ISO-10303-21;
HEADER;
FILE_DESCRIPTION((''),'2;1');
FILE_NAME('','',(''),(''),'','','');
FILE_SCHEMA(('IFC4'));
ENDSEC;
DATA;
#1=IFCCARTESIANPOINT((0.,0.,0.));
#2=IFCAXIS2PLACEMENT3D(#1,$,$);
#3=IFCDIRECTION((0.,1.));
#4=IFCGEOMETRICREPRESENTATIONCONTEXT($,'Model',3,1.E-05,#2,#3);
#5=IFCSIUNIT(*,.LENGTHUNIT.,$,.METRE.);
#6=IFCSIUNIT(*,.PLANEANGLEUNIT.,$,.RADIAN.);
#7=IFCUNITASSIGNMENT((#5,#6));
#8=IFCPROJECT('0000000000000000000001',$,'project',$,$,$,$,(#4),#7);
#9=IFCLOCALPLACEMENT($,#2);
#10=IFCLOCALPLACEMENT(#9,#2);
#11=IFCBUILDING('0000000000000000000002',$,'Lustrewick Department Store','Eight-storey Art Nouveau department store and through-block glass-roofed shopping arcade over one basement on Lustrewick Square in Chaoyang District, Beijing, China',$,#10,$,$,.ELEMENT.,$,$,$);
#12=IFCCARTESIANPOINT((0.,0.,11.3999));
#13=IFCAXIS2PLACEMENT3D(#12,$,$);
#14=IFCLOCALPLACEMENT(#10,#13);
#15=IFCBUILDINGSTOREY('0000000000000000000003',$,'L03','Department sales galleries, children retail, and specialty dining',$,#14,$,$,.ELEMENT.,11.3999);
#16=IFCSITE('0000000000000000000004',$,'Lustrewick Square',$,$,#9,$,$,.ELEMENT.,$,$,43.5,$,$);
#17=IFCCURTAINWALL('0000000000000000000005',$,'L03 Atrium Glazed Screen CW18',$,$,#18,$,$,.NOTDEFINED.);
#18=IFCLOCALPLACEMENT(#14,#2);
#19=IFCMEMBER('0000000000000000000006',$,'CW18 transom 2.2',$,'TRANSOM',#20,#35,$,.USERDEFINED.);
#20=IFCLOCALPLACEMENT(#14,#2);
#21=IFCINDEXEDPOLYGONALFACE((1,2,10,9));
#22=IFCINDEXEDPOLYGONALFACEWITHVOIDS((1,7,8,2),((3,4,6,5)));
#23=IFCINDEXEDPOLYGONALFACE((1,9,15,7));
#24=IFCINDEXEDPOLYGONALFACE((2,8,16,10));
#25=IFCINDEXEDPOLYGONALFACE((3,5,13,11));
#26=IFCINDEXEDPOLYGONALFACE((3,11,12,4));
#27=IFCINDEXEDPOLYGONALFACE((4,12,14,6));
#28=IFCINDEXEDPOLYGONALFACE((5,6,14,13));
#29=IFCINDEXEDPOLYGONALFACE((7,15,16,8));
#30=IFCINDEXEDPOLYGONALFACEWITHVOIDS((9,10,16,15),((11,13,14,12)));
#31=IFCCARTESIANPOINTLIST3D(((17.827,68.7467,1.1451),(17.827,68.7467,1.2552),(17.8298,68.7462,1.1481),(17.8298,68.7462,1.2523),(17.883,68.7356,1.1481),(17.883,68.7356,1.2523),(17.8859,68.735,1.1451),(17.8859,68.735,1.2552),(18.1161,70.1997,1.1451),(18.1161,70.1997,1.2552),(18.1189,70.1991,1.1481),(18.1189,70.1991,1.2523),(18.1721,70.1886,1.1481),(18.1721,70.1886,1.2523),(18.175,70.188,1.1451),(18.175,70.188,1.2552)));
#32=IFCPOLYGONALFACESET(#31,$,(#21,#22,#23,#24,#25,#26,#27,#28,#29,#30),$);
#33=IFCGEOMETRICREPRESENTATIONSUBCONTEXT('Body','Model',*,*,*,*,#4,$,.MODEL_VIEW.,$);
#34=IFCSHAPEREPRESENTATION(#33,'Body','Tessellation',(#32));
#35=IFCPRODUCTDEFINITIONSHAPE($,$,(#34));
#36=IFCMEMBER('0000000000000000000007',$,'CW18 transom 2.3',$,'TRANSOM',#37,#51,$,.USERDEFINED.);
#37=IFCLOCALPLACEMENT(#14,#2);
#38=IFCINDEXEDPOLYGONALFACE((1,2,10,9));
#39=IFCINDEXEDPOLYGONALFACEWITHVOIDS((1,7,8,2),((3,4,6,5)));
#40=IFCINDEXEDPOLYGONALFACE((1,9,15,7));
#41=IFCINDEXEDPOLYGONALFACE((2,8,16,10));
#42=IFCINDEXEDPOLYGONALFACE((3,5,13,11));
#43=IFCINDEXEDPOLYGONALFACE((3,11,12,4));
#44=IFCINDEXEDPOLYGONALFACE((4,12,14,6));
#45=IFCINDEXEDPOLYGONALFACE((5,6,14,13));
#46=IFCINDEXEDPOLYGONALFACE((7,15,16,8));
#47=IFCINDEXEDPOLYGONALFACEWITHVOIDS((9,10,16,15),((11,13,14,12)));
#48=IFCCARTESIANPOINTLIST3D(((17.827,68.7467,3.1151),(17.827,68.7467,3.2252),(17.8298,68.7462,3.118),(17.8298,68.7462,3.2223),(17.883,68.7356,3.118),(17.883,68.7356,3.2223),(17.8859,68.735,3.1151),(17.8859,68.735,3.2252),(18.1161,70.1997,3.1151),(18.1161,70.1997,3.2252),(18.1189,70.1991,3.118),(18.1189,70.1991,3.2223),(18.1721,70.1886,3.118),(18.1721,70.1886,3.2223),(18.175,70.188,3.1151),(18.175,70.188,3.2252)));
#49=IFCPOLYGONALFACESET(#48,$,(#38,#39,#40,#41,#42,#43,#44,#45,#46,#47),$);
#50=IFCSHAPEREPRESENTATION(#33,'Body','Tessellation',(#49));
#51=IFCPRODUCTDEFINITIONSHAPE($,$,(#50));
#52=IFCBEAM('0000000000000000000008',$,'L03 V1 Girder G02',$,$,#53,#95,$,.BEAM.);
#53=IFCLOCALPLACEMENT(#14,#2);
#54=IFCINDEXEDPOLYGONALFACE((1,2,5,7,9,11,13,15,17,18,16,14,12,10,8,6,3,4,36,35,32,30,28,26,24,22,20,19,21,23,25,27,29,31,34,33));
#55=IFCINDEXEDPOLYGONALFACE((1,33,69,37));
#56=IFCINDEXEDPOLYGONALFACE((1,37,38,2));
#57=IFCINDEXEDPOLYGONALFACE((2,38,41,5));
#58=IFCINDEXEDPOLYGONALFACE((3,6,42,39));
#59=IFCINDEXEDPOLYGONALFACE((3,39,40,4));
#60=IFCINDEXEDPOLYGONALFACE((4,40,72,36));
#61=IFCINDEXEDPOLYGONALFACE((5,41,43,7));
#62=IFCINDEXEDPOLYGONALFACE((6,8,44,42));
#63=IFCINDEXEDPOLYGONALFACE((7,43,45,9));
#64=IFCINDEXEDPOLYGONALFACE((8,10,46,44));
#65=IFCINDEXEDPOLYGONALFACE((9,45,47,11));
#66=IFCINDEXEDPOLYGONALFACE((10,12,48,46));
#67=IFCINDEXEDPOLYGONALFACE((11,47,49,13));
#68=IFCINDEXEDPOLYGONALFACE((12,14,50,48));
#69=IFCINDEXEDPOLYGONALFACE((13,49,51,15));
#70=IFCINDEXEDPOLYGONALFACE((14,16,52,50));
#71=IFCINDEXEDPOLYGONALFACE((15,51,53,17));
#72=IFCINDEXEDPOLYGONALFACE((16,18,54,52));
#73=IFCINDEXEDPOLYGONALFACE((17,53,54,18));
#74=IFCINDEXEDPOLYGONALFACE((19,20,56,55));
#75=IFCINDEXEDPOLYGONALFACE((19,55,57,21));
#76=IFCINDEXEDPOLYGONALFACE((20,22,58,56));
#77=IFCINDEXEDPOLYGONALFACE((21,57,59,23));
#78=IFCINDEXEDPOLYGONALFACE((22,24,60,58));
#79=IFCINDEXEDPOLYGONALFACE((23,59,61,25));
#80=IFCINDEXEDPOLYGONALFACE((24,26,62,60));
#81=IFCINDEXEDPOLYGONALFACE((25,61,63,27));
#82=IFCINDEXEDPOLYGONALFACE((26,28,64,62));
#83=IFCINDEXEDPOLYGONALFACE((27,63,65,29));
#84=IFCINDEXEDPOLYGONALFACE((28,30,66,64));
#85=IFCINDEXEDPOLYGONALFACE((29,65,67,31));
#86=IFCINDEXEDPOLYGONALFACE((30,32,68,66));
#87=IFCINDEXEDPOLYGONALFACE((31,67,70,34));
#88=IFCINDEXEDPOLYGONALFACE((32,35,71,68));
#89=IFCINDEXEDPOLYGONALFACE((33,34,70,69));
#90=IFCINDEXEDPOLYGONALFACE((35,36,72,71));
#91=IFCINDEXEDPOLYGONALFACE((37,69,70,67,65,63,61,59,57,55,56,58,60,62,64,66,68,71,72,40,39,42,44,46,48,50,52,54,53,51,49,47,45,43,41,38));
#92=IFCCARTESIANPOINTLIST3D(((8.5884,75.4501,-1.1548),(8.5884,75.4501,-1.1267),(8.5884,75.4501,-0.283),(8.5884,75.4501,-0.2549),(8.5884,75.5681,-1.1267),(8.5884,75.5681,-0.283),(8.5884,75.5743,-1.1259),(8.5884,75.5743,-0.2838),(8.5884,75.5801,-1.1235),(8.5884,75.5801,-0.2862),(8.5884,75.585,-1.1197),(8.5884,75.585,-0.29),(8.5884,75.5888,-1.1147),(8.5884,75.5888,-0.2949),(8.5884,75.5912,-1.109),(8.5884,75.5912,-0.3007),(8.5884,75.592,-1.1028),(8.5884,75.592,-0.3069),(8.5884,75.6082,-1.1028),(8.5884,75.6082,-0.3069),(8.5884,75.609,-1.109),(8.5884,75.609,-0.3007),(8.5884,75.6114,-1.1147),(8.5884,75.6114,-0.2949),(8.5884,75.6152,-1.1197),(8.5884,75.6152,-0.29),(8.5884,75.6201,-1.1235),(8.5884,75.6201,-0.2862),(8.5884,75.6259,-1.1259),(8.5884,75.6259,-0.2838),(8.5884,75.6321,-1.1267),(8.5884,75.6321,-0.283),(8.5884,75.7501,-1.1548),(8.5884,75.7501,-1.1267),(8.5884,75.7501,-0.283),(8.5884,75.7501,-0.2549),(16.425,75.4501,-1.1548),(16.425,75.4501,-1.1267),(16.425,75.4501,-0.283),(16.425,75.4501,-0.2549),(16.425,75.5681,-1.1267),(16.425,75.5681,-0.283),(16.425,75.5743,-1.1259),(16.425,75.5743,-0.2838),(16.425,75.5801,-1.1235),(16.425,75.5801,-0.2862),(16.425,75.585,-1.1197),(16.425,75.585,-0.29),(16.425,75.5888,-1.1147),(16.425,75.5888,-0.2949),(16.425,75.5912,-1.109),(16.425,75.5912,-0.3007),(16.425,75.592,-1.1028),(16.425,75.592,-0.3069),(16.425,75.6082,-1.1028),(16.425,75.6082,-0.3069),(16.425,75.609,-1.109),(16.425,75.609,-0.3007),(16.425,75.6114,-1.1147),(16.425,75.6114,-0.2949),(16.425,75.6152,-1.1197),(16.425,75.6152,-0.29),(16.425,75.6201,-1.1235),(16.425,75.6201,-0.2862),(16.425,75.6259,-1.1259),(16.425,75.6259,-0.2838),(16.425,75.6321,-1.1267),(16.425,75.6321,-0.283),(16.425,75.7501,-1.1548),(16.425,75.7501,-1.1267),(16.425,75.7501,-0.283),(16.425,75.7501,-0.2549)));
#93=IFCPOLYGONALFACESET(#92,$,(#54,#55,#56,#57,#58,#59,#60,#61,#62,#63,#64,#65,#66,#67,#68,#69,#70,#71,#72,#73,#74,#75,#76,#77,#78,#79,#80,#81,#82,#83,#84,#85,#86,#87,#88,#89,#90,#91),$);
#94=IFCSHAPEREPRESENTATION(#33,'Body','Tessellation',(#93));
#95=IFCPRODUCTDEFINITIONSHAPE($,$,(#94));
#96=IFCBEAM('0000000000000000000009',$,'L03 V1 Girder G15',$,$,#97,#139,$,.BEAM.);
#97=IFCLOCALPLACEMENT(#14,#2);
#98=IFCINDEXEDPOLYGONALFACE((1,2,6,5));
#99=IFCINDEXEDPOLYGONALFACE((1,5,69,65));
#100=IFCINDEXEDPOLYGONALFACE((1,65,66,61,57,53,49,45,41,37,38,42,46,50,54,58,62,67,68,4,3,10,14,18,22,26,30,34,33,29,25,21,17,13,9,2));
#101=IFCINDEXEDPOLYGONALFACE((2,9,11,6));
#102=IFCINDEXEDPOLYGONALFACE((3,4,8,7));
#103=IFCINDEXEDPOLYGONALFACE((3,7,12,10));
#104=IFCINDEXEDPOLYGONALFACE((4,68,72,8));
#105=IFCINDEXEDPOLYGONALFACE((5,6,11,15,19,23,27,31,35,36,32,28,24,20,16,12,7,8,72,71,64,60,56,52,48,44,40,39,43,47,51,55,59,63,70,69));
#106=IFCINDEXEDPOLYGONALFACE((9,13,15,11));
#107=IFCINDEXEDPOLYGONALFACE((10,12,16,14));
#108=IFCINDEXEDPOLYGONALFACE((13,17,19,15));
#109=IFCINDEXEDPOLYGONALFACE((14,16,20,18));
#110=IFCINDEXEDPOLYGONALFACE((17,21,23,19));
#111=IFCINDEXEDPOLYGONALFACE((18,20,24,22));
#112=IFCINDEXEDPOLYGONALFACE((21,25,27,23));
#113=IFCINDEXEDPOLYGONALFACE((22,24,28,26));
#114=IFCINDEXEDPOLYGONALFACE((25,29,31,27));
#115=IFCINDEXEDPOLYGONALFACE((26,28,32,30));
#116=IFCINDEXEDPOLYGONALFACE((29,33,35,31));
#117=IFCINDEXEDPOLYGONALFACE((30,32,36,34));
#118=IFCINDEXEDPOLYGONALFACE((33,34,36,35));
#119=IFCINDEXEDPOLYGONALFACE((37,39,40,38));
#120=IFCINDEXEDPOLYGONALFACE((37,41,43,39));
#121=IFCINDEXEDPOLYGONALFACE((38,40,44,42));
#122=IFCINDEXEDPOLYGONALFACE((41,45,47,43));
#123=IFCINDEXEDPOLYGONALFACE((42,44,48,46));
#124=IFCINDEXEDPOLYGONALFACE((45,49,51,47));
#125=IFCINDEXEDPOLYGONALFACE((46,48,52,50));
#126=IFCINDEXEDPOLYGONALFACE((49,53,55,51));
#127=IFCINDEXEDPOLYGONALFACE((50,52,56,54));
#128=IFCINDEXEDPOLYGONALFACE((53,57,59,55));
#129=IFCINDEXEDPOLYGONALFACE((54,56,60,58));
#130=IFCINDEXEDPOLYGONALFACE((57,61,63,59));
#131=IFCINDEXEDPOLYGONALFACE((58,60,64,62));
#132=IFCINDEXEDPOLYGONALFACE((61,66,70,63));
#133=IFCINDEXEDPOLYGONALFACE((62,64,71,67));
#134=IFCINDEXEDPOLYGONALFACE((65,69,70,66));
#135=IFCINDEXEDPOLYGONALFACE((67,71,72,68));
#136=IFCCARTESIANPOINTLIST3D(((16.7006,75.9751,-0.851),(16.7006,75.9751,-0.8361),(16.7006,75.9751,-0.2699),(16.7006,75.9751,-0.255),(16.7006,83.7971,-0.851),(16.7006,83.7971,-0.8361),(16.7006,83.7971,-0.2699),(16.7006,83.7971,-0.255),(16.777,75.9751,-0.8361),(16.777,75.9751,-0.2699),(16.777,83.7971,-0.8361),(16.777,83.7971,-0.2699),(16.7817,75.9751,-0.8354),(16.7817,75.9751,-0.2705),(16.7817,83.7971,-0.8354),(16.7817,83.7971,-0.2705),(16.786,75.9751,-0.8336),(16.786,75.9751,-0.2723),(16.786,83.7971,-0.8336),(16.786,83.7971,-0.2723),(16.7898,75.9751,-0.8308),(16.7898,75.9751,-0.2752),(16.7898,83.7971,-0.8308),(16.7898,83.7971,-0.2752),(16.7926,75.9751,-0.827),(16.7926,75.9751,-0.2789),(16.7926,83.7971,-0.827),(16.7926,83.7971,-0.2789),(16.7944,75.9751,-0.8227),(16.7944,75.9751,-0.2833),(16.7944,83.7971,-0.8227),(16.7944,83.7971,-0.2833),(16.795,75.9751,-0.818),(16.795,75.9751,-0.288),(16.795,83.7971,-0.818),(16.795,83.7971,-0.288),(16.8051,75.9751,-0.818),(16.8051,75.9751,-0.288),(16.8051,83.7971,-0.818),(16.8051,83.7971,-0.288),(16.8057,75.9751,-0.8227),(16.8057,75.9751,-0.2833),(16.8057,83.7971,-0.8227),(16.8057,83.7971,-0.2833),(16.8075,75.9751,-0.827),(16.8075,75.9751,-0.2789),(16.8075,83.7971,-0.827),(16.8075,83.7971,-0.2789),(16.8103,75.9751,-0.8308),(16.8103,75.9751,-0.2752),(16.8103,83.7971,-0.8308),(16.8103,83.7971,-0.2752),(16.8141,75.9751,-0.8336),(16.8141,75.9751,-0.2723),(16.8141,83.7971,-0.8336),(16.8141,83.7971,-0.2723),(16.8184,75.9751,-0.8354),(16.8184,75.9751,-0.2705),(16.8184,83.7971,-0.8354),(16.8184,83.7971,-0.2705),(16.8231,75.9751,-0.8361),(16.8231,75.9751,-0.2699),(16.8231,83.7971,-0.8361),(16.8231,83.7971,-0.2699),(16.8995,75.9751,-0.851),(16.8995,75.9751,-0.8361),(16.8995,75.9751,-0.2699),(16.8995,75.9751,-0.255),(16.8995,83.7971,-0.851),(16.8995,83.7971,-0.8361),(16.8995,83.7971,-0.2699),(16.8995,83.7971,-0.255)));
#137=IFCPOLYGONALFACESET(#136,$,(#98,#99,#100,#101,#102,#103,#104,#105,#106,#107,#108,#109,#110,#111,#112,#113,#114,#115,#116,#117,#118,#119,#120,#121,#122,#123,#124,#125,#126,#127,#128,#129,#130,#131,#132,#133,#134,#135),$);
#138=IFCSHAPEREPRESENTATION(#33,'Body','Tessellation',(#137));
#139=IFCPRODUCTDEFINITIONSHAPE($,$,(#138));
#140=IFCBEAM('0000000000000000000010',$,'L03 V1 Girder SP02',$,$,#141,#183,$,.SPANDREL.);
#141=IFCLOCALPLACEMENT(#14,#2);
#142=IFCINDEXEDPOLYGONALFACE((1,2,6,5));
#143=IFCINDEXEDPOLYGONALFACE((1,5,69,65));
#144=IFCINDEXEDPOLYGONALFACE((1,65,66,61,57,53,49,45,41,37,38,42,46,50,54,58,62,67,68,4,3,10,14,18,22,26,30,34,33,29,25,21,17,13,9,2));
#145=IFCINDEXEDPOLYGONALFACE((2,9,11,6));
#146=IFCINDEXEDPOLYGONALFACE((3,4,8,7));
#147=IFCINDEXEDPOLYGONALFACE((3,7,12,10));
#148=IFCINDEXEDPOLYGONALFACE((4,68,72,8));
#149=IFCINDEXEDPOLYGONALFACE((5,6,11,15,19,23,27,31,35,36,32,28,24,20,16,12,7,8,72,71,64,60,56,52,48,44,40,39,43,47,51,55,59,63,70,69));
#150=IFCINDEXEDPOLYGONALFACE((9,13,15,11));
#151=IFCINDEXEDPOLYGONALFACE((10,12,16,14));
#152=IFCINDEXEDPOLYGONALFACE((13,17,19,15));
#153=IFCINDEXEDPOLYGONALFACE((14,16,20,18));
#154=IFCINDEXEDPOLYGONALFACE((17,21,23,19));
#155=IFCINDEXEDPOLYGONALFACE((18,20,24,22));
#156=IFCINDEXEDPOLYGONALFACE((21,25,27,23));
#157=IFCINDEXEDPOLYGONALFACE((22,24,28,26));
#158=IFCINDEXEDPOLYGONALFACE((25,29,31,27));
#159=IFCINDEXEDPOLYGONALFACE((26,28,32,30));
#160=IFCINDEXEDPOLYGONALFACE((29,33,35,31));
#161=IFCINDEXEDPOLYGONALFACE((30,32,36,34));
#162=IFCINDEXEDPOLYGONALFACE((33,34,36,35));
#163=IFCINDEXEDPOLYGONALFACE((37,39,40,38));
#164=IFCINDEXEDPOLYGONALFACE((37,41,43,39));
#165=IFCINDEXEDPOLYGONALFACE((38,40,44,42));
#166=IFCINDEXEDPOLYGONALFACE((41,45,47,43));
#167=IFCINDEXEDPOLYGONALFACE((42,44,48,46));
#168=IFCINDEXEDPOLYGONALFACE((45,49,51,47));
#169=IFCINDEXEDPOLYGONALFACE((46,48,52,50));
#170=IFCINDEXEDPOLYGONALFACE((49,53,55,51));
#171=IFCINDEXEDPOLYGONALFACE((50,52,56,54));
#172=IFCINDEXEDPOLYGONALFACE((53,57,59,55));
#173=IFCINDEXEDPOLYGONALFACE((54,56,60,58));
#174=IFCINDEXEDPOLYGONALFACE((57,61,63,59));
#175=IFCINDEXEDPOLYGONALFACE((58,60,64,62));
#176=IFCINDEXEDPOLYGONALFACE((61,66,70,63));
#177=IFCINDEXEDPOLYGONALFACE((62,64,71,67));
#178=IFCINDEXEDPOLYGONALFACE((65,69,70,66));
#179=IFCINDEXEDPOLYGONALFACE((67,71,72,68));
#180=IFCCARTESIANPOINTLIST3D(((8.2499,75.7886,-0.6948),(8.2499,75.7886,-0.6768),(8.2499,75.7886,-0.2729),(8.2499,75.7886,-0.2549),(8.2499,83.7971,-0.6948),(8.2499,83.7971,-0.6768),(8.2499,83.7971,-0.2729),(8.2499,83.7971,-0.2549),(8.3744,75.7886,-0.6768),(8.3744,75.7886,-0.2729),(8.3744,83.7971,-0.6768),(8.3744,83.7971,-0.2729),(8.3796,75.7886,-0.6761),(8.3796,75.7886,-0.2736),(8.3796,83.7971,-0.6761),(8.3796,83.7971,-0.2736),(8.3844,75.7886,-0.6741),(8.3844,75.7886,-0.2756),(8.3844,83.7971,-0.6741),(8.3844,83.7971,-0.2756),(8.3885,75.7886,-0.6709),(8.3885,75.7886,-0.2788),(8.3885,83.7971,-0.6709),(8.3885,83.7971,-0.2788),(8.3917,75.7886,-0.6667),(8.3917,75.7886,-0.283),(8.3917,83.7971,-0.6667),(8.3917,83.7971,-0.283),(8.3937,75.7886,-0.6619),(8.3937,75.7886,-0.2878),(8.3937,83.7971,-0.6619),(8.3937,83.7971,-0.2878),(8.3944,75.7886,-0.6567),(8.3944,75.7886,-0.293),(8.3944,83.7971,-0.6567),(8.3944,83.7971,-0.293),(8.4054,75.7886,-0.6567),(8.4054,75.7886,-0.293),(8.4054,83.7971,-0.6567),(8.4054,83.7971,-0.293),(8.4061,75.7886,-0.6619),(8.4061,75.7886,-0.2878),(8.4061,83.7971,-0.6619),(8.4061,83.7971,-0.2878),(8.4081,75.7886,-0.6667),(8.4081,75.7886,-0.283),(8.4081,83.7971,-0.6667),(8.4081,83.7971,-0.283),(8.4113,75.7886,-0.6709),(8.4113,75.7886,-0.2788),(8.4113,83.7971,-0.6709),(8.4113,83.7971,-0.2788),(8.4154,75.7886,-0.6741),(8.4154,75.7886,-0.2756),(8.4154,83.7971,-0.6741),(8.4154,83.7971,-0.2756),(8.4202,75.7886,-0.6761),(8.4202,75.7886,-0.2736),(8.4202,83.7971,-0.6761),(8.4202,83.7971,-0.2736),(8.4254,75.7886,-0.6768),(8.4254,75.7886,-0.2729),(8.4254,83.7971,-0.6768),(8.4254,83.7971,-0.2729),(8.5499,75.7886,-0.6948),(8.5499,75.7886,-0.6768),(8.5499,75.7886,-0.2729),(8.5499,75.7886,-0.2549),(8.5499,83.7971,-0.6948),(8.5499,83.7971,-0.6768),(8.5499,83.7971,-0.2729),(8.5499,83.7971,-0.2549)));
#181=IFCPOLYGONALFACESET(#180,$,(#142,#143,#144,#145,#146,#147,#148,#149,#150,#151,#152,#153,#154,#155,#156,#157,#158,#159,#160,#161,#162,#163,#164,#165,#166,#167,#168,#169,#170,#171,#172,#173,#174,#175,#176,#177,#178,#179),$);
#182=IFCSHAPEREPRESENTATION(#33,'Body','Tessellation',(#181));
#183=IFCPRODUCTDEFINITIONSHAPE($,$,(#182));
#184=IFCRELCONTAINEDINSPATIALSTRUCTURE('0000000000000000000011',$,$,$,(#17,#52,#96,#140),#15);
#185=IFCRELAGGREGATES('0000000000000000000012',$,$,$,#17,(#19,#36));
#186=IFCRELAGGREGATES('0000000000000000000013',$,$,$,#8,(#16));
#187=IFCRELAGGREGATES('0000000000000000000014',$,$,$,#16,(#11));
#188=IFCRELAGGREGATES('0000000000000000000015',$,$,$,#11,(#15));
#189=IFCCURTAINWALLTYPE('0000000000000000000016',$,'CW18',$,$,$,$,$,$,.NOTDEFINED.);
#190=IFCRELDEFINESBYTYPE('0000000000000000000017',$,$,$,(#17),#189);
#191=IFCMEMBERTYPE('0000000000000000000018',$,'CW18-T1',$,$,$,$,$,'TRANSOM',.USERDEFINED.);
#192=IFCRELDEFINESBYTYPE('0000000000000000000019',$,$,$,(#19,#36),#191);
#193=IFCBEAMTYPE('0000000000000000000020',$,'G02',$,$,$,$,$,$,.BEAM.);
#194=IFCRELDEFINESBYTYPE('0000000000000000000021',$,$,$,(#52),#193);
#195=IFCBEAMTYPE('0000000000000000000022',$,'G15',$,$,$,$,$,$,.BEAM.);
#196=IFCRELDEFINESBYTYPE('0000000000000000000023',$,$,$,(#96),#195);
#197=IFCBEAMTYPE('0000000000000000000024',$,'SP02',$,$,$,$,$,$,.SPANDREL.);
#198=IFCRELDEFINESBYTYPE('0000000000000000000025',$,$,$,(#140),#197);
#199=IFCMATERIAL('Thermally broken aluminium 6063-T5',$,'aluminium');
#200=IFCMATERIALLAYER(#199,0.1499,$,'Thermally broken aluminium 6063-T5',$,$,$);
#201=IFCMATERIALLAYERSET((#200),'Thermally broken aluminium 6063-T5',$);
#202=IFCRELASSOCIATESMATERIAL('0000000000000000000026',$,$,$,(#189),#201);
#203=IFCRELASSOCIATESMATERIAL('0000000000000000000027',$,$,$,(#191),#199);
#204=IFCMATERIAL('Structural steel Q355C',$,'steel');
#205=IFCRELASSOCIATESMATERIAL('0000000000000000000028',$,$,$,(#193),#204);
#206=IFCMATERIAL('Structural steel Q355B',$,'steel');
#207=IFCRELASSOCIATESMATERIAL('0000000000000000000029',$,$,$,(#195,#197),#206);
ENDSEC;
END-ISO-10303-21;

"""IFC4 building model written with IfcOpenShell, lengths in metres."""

from ifc_helpers import new_model, si_unit, direction, frame, origin, origin_2d, place, context, subcontext, project, spatial, hollow_rectangle, i_section, extrude, material, layer, layer_set, material_profile, profile_set, type_object, element, aggregate, save


model = new_model("IFC4")

# Units and contexts
model_context = context("Model", 3, precision=1e-05, world=origin(), true_north=direction((0.0, 1.0)))
body_context = subcontext(model_context, "Body", "Model", "MODEL_VIEW")
ifc_project = project(units=[si_unit("LENGTHUNIT", "METRE"), si_unit("PLANEANGLEUNIT", "RADIAN")], contexts=[model_context])

# Site, building, storey
site_placement = place(None, origin())
site = spatial("IfcSite", under=ifc_project, at=site_placement, Name="Lustrewick Square", CompositionType="ELEMENT", RefElevation=43.5)
building_placement = place(site_placement, origin())
building = spatial("IfcBuilding", under=site, at=building_placement, Name="Lustrewick Department Store", Description="Eight-storey Art Nouveau department store and through-block glass-roofed shopping arcade over one basement on Lustrewick Square in Chaoyang District, Beijing, China", CompositionType="ELEMENT")
storey_placement = place(building_placement, frame((0.0, 0.0, 11.3999)))
storey = spatial("IfcBuildingStorey", under=building, at=storey_placement, Name="L03", Description="Department sales galleries, children retail, and specialty dining", CompositionType="ELEMENT", Elevation=11.3999)

# Shared definitions
ifc_material_1 = material(Name="Structural steel Q355B", Category="steel")

# Shared definitions
ifc_material_2 = material(Name="Thermally broken aluminium 6063-T5", Category="aluminium")

# Curtain wall, members
ifc_layer_1 = layer(ifc_material_2, 0.1499, Name="Thermally broken aluminium 6063-T5")
ifc_layer_set_1 = layer_set([ifc_layer_1], Name="Thermally broken aluminium 6063-T5")
curtain_wall_type_1 = type_object("IfcCurtainWallType", Name="CW18", PredefinedType="NOTDEFINED", material=ifc_layer_set_1)
curtain_wall_1_placement = place(storey_placement, origin())
curtain_wall_1 = element("IfcCurtainWall", 1, at=curtain_wall_1_placement, inside=storey, type_object=curtain_wall_type_1, Name="L03 Atrium Glazed Screen CW18", PredefinedType="NOTDEFINED")
ifc_material_profile_1 = material_profile(ifc_material_2, hollow_rectangle(XDim=0.0601, YDim=0.1101, WallThickness=0.0029, at=origin_2d()), Name="ALU-T 60x110x3")
ifc_profile_set_1 = profile_set([ifc_material_profile_1], Name="Thermally broken aluminium 6063-T5")
member_type_1 = type_object("IfcMemberType", Name="CW18-T1", ElementType="TRANSOM", PredefinedType="USERDEFINED", material=ifc_profile_set_1)
member_1_placement = place(storey_placement, frame((18.1455, 70.1938, 1.2002), z_axis=(-0.195134, -0.980777, 0.0), x_axis=(0.980777, -0.195134, 0.0)))
member_1 = element("IfcMember", 2, at=member_1_placement, type_object=member_type_1, Name="CW18 transom 2.2", ObjectType="TRANSOM", PredefinedType="USERDEFINED", context=body_context, shape_type="SweptSolid", body=[
    extrude(hollow_rectangle(XDim=0.0601, YDim=0.1101, WallThickness=0.0029, at=origin_2d()), origin(), (0.0, 0.0, 1.0), 1.4814),
])
member_2_placement = place(storey_placement, frame((18.1455, 70.1938, 3.1702), z_axis=(-0.195134, -0.980777, 0.0), x_axis=(0.980777, -0.195134, 0.0)))
member_2 = element("IfcMember", 3, at=member_2_placement, type_object=member_type_1, Name="CW18 transom 2.3", ObjectType="TRANSOM", PredefinedType="USERDEFINED", context=body_context, shape_type="SweptSolid", body=[
    extrude(hollow_rectangle(XDim=0.0601, YDim=0.1101, WallThickness=0.0029, at=origin_2d()), origin(), (0.0, 0.0, 1.0), 1.4814),
])

# Beams
ifc_material_3 = material(Name="Structural steel Q355C", Category="steel")
ifc_material_profile_2 = material_profile(ifc_material_3, i_section(OverallWidth=0.3, OverallDepth=0.8999, WebThickness=0.0161, FlangeThickness=0.0281, FilletRadius=0.0239, at=origin_2d()), Name="HN 900x300x16x28")
ifc_profile_set_2 = profile_set([ifc_material_profile_2], Name="Structural steel Q355C")
beam_type_1 = type_object("IfcBeamType", Name="G02", PredefinedType="BEAM", material=ifc_profile_set_2)
beam_1_placement = place(storey_placement, frame((8.5884, 75.6001, -0.7048), z_axis=(1.0, 0.0, 0.0), x_axis=(0.0, 1.0, 0.0)))
element("IfcBeam", 4, at=beam_1_placement, inside=storey, type_object=beam_type_1, Name="L03 V1 Girder G02", PredefinedType="BEAM", context=body_context, shape_type="SweptSolid", body=[
    extrude(i_section(OverallWidth=0.3, OverallDepth=0.8999, WebThickness=0.0161, FlangeThickness=0.0281, FilletRadius=0.0239, at=origin_2d()), origin(), (0.0, 0.0, 1.0), 7.8367),
])
ifc_material_profile_3 = material_profile(ifc_material_1, i_section(OverallWidth=0.199, OverallDepth=0.5959, WebThickness=0.01, FlangeThickness=0.0149, FilletRadius=0.0181, at=origin_2d()), Name="HN 596x199x10x15")
ifc_profile_set_3 = profile_set([ifc_material_profile_3], Name="Structural steel Q355B")
beam_type_2 = type_object("IfcBeamType", Name="G15", PredefinedType="BEAM", material=ifc_profile_set_3)
beam_2_placement = place(storey_placement, frame((16.8, 75.9751, -0.553), z_axis=(0.0, 1.0, 0.0), x_axis=(-1.0, 0.0, 0.0)))
element("IfcBeam", 5, at=beam_2_placement, inside=storey, type_object=beam_type_2, Name="L03 V1 Girder G15", PredefinedType="BEAM", context=body_context, shape_type="SweptSolid", body=[
    extrude(i_section(OverallWidth=0.199, OverallDepth=0.5959, WebThickness=0.01, FlangeThickness=0.0149, FilletRadius=0.0181, at=origin_2d()), origin(), (0.0, 0.0, 1.0), 7.822),
])
ifc_material_profile_4 = material_profile(ifc_material_1, i_section(OverallWidth=0.3, OverallDepth=0.4399, WebThickness=0.011, FlangeThickness=0.0181, FilletRadius=0.02, at=origin_2d()), Name="HM 440x300x11x18")
ifc_profile_set_4 = profile_set([ifc_material_profile_4], Name="Structural steel Q355B")
beam_type_3 = type_object("IfcBeamType", Name="SP02", PredefinedType="SPANDREL", material=ifc_profile_set_4)
beam_3_placement = place(storey_placement, frame((8.3999, 75.7886, -0.4749), z_axis=(0.0, 1.0, 0.0), x_axis=(-1.0, 0.0, 0.0)))
element("IfcBeam", 6, at=beam_3_placement, inside=storey, type_object=beam_type_3, Name="L03 V1 Girder SP02", PredefinedType="SPANDREL", context=body_context, shape_type="SweptSolid", body=[
    extrude(i_section(OverallWidth=0.3, OverallDepth=0.4399, WebThickness=0.011, FlangeThickness=0.0181, FilletRadius=0.02, at=origin_2d()), origin(), (0.0, 0.0, 1.0), 8.0085),
])

aggregate(curtain_wall_1, [member_1, member_2])

save(model, "model.ifc")
